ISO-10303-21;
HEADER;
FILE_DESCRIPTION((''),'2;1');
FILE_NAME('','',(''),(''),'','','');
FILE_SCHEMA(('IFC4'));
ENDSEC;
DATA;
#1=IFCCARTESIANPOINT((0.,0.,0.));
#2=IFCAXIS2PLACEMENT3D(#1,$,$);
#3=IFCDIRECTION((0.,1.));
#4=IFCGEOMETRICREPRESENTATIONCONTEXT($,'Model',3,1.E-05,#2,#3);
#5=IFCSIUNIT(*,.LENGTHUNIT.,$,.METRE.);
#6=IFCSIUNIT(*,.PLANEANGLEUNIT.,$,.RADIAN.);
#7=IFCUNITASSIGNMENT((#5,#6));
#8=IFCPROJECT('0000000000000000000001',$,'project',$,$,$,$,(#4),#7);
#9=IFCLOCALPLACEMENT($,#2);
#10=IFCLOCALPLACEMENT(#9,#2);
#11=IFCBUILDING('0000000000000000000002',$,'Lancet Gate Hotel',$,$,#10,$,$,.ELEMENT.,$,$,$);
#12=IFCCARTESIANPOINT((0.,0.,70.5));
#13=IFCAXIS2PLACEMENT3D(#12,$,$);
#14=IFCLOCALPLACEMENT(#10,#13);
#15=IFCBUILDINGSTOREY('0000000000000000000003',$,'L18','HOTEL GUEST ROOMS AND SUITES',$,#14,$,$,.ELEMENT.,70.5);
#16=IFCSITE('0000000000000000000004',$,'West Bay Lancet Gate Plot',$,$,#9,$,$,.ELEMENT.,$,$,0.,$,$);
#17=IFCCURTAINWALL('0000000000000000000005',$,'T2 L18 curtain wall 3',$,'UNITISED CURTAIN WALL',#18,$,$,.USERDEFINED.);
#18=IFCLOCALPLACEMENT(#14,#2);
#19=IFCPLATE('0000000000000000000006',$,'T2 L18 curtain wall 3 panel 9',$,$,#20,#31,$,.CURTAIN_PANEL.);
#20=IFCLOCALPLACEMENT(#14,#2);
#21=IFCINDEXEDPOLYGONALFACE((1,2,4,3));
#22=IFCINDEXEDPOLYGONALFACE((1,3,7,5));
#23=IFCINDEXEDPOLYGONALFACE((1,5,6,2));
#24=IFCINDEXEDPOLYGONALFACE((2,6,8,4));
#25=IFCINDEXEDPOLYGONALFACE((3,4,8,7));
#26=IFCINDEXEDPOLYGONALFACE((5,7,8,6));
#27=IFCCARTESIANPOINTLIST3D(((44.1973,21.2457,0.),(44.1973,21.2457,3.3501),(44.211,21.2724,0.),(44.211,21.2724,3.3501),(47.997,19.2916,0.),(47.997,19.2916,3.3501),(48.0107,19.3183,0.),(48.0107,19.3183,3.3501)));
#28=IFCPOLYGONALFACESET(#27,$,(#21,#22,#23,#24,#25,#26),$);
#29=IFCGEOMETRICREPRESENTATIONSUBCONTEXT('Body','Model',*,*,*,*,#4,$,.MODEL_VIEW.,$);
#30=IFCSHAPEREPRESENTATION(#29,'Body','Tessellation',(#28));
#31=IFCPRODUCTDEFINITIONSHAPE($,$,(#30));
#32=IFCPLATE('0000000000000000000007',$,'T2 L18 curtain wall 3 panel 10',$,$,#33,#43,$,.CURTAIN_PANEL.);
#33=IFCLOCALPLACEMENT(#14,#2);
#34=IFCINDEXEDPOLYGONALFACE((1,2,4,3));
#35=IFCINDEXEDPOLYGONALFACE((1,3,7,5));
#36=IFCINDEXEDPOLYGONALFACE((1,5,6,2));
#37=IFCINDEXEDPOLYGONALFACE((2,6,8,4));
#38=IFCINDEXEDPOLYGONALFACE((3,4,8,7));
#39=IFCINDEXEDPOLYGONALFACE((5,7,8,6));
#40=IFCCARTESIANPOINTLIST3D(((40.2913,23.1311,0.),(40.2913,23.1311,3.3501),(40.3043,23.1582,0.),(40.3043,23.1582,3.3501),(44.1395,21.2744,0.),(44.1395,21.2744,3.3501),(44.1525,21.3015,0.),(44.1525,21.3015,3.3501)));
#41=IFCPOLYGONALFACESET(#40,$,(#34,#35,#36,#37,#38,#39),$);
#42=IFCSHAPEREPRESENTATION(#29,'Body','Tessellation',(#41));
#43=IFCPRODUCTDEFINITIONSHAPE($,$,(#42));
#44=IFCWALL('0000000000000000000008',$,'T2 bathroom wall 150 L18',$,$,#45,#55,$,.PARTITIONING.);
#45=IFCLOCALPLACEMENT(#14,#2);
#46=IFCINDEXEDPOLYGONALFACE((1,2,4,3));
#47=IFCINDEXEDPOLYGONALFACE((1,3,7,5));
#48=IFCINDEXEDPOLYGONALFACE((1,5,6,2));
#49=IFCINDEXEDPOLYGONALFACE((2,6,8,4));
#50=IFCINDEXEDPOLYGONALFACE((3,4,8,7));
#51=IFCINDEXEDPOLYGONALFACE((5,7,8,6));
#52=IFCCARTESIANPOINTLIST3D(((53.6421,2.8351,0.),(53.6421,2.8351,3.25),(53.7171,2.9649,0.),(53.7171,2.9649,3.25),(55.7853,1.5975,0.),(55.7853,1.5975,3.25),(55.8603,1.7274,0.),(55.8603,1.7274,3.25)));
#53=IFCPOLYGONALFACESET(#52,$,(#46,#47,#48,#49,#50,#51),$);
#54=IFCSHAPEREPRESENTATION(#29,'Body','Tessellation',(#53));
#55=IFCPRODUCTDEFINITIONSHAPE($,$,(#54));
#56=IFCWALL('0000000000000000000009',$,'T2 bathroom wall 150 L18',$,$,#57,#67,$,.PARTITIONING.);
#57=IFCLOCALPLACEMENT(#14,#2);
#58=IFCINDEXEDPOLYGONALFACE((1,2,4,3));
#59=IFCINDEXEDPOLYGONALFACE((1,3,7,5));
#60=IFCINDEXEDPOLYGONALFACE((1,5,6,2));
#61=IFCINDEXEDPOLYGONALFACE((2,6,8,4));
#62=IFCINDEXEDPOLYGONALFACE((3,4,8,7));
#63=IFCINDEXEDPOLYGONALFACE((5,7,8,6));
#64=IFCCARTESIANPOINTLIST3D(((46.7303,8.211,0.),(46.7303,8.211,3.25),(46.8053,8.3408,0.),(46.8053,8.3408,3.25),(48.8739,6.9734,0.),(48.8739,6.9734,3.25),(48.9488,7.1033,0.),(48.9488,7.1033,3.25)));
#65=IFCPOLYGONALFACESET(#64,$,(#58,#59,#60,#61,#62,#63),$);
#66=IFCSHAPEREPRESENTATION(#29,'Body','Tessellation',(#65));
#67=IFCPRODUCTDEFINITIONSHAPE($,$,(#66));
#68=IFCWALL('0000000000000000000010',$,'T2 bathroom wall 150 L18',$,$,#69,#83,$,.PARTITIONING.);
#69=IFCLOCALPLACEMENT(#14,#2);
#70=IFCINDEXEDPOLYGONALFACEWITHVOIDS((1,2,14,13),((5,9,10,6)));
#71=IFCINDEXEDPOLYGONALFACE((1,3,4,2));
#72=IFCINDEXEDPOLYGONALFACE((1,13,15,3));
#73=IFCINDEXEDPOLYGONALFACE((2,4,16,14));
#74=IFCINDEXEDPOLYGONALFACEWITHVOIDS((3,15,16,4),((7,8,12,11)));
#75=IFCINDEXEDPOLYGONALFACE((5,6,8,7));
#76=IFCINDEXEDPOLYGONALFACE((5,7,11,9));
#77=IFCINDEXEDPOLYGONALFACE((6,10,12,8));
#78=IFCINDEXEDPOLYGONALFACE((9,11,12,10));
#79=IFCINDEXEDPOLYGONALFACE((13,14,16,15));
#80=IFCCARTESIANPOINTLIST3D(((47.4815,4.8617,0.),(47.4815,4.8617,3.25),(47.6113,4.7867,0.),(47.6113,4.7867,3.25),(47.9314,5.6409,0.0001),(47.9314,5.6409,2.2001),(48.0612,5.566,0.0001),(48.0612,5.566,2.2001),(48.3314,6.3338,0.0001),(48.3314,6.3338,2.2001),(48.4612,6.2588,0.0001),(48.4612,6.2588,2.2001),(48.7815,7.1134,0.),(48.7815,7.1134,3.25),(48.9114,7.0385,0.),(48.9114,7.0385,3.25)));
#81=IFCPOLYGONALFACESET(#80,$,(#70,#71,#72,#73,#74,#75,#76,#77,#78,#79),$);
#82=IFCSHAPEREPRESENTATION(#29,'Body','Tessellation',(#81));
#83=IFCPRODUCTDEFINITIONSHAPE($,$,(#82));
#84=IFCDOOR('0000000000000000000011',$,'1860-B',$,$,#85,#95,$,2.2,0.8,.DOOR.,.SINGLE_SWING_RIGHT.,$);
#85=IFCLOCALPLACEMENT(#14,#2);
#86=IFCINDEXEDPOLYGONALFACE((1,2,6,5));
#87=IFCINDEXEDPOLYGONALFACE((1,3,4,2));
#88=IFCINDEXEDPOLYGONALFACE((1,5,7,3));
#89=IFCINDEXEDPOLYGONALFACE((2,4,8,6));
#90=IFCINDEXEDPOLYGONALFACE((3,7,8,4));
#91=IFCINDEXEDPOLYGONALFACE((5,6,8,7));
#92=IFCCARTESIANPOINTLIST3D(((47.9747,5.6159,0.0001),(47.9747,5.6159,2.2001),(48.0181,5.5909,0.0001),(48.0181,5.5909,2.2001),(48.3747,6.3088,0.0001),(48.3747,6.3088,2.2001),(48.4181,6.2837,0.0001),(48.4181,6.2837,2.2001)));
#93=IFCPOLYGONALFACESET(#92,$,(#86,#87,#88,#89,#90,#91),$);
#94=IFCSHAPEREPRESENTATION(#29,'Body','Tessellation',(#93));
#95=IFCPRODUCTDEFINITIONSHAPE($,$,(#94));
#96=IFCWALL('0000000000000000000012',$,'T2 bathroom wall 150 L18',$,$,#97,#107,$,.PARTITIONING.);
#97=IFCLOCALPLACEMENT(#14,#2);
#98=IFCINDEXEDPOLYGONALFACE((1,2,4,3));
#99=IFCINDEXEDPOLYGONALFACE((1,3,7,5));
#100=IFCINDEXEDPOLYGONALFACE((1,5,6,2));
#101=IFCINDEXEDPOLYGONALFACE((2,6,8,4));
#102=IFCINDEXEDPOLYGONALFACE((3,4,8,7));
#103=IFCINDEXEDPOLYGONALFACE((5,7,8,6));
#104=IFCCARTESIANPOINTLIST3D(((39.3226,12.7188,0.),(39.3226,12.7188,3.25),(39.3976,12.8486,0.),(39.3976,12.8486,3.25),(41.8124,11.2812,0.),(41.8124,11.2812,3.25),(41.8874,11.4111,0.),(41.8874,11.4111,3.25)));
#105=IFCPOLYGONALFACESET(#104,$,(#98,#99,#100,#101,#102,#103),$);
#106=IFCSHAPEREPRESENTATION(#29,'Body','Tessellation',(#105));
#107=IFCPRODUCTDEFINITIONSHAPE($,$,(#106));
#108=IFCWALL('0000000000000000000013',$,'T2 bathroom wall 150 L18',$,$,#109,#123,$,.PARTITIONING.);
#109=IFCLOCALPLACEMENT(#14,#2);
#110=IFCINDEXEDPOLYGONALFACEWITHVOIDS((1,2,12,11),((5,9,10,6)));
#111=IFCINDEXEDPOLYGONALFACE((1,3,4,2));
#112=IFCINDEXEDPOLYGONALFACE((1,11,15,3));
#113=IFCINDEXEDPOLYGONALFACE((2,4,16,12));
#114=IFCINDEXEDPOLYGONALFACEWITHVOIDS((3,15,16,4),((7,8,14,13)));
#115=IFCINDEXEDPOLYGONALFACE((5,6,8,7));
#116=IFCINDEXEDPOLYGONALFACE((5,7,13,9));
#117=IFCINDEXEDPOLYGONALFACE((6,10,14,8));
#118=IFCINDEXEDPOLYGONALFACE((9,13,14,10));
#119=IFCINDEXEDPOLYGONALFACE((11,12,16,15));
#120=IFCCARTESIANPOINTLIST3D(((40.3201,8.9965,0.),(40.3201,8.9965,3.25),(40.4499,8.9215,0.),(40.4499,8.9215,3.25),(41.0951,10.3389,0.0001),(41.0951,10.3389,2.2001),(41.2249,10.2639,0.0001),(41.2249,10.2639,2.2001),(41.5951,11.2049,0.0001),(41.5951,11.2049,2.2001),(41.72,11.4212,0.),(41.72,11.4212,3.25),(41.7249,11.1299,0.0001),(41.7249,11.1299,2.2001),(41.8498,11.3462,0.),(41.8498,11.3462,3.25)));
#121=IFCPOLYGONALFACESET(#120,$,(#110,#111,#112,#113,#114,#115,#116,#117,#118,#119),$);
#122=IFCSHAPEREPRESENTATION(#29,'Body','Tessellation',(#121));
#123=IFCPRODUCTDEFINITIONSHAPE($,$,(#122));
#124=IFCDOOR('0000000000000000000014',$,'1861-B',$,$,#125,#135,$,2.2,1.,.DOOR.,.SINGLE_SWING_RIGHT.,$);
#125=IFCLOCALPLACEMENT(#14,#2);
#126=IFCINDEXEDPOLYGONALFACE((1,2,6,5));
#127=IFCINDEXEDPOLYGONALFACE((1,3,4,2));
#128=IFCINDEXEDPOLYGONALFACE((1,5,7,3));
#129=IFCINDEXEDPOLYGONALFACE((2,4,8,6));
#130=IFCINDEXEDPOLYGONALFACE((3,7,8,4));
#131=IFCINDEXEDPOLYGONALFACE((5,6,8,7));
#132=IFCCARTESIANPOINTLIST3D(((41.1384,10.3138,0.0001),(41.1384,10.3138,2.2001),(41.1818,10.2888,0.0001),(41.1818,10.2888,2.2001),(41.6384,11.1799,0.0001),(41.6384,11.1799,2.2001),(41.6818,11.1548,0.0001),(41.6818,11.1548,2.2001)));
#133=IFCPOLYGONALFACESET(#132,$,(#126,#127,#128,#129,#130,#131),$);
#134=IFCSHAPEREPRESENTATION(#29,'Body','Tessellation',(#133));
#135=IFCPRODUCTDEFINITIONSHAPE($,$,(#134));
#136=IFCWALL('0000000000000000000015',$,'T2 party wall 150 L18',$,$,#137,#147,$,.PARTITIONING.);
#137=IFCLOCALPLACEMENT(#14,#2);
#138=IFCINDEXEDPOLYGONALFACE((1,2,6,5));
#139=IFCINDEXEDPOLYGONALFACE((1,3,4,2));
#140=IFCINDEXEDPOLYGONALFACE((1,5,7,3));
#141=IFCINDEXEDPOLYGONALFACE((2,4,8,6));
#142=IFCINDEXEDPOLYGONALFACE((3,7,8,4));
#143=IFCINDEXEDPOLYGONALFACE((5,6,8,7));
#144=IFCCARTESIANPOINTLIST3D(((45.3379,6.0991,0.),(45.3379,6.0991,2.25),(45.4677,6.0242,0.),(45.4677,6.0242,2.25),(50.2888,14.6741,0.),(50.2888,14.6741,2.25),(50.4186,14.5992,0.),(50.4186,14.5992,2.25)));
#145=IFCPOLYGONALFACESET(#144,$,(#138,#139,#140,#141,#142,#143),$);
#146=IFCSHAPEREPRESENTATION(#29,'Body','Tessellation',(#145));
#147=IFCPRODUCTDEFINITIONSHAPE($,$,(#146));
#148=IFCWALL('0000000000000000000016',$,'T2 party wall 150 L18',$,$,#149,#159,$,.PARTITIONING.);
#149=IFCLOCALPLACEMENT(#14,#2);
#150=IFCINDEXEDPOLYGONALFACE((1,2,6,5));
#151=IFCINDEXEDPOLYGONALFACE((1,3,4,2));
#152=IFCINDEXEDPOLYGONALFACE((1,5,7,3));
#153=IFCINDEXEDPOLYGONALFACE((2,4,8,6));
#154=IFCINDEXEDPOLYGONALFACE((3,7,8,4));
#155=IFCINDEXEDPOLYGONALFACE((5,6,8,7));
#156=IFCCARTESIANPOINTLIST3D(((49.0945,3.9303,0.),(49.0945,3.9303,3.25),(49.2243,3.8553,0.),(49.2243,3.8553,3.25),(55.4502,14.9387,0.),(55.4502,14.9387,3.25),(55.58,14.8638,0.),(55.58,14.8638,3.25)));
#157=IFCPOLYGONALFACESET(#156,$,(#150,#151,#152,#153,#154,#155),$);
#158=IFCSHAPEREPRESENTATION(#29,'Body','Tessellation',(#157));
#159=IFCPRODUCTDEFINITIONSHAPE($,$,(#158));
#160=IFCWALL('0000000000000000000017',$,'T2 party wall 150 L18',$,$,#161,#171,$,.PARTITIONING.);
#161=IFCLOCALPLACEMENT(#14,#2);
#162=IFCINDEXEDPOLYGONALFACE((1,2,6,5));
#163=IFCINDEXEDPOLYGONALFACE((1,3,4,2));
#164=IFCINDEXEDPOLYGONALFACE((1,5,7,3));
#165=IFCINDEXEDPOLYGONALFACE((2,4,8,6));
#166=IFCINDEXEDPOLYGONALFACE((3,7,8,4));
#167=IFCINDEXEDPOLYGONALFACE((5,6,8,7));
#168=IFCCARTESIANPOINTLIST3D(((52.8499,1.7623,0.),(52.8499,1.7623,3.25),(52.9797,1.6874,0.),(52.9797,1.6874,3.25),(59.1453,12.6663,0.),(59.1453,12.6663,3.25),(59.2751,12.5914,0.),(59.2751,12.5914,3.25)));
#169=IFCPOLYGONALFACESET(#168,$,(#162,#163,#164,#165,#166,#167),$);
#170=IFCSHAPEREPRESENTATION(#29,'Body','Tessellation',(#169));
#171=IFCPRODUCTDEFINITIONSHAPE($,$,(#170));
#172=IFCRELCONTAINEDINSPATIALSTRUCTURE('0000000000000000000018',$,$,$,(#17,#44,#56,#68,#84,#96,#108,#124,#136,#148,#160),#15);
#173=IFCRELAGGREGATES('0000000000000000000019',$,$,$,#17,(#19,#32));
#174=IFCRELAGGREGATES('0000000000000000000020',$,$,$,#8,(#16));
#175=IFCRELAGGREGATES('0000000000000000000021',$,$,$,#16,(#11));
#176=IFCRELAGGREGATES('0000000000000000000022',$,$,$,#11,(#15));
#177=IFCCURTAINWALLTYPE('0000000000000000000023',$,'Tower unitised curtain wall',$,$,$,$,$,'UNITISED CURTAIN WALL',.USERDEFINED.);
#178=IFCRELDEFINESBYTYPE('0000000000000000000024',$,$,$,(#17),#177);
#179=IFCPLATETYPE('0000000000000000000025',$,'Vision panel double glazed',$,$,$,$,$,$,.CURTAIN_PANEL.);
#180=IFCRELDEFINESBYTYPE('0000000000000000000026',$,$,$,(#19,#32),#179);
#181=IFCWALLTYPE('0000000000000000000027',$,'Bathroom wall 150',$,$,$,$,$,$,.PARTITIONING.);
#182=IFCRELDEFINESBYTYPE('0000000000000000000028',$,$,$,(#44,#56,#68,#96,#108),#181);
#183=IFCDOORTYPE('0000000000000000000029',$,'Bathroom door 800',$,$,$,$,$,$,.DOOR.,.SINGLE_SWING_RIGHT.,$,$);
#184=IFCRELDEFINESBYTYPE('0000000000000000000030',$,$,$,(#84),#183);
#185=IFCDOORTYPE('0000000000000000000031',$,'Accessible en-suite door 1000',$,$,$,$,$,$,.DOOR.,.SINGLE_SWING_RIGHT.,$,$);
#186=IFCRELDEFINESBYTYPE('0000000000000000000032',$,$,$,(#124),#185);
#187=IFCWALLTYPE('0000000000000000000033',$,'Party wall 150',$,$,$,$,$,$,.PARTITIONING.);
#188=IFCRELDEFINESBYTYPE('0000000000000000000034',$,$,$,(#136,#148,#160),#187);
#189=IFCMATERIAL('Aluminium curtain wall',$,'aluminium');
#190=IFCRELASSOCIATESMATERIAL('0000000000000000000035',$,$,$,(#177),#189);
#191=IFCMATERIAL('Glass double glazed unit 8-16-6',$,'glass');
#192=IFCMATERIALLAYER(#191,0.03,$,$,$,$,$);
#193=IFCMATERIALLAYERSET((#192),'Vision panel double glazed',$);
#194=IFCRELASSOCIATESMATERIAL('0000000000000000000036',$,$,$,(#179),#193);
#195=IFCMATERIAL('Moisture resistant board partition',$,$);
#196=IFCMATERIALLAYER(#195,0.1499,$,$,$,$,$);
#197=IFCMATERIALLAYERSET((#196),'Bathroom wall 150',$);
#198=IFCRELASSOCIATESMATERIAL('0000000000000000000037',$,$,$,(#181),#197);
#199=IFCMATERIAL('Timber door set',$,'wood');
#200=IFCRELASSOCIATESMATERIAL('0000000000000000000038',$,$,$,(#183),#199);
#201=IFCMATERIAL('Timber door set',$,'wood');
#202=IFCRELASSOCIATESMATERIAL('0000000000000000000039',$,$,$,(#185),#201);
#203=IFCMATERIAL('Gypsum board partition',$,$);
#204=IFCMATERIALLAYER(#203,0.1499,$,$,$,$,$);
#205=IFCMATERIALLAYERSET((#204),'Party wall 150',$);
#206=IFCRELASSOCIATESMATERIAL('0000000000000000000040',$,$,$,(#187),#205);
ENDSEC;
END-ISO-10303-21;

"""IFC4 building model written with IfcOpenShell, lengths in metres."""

from ifc_helpers import new_model, si_unit, direction, frame, frame_2d, origin, origin_2d, place, context, subcontext, project, spatial, rectangle, extrude, material, layer, layer_set, type_object, element, fill, aggregate, save


model = new_model("IFC4")

# Units and contexts
model_context = context("Model", 3, precision=1e-05, world=origin(), true_north=direction((0.0, 1.0)))
body_context = subcontext(model_context, "Body", "Model", "MODEL_VIEW")
ifc_project = project(units=[si_unit("LENGTHUNIT", "METRE"), si_unit("PLANEANGLEUNIT", "RADIAN")], contexts=[model_context])

# Site, building, storey
site_placement = place(None, origin())
site = spatial("IfcSite", under=ifc_project, at=site_placement, Name="West Bay Lancet Gate Plot", CompositionType="ELEMENT", RefElevation=0.0)
building_placement = place(site_placement, origin())
building = spatial("IfcBuilding", under=site, at=building_placement, Name="Lancet Gate Hotel", CompositionType="ELEMENT")
storey_placement = place(building_placement, frame((0.0, 0.0, 70.5)))
storey = spatial("IfcBuildingStorey", under=building, at=storey_placement, Name="L18", Description="HOTEL GUEST ROOMS AND SUITES", CompositionType="ELEMENT", Elevation=70.5)

# Curtain wall
ifc_material_1 = material(Name="Aluminium curtain wall", Category="aluminium")
curtain_wall_type = type_object("IfcCurtainWallType", Name="Tower unitised curtain wall", ElementType="UNITISED CURTAIN WALL", PredefinedType="USERDEFINED", material=ifc_material_1)
curtain_wall_placement = place(storey_placement, origin())
curtain_wall = element("IfcCurtainWall", 1, at=curtain_wall_placement, inside=storey, type_object=curtain_wall_type, Name="T2 L18 curtain wall 3", ObjectType="UNITISED CURTAIN WALL", PredefinedType="USERDEFINED")

# Plates
ifc_material_2 = material(Name="Glass double glazed unit 8-16-6", Category="glass")
ifc_layer_1 = layer(ifc_material_2, 0.03)
ifc_layer_set_1 = layer_set([ifc_layer_1], Name="Vision panel double glazed")
plate_type = type_object("IfcPlateType", Name="Vision panel double glazed", PredefinedType="CURTAIN_PANEL", material=ifc_layer_set_1)
plate_1_placement = place(storey_placement, frame((46.104, 20.282, 0.0), z_axis=(0.0, 0.0, 1.0), x_axis=(-0.889296, 0.457332, 0.0)))
plate_1 = element("IfcPlate", 2, at=plate_1_placement, type_object=plate_type, Name="T2 L18 curtain wall 3 panel 9", PredefinedType="CURTAIN_PANEL", context=body_context, shape_type="SweptSolid", body=[
    extrude(rectangle(XDim=4.2727, YDim=0.03, at=origin_2d()), origin(), (0.0, 0.0, 1.0), 3.3501),
])
plate_2_placement = place(storey_placement, frame((42.2219, 22.2163, 0.0), z_axis=(0.0, 0.0, 1.0), x_axis=(-0.900647, 0.43455, 0.0)))
plate_2 = element("IfcPlate", 3, at=plate_2_placement, type_object=plate_type, Name="T2 L18 curtain wall 3 panel 10", PredefinedType="CURTAIN_PANEL", context=body_context, shape_type="SweptSolid", body=[
    extrude(rectangle(XDim=4.2727, YDim=0.03, at=origin_2d()), origin(), (0.0, 0.0, 1.0), 3.3501),
])
aggregate(curtain_wall, [plate_1, plate_2])

# Walls
ifc_material_3 = material(Name="Moisture resistant board partition")
ifc_layer_2 = layer(ifc_material_3, 0.1499)
ifc_layer_set_2 = layer_set([ifc_layer_2], Name="Bathroom wall 150")
wall_type_1 = type_object("IfcWallType", Name="Bathroom wall 150", PredefinedType="PARTITIONING", material=ifc_layer_set_2)
wall_1_placement = place(storey_placement, frame((53.6797, 2.8999, 0.0), z_axis=(0.0, 0.0, 1.0), x_axis=(0.866007, -0.500033, 0.0)))
element("IfcWall", 4, at=wall_1_placement, inside=storey, type_object=wall_type_1, Name="T2 bathroom wall 150 L18", PredefinedType="PARTITIONING", context=body_context, shape_type="SweptSolid", body=[
    extrude(rectangle(XDim=2.4749, YDim=0.1499, at=frame_2d((1.2373, 0.0))), origin(), (0.0, 0.0, 1.0), 3.25),
])
wall_2_placement = place(storey_placement, frame((46.7678, 8.2759, 0.0), z_axis=(0.0, 0.0, 1.0), x_axis=(0.866031, -0.49999, 0.0)))
element("IfcWall", 5, at=wall_2_placement, inside=storey, type_object=wall_type_1, Name="T2 bathroom wall 150 L18", PredefinedType="PARTITIONING", context=body_context, shape_type="SweptSolid", body=[
    extrude(rectangle(XDim=2.4751, YDim=0.1499, at=frame_2d((1.2375, 0.0))), origin(), (0.0, 0.0, 1.0), 3.25),
])

# Wall, opening, door
wall_3_placement = place(storey_placement, frame((47.5464, 4.8242, 0.0), z_axis=(0.0, 0.0, 1.0), x_axis=(0.500007, 0.866021, 0.0)))
wall_3 = element("IfcWall", 6, at=wall_3_placement, inside=storey, type_object=wall_type_1, Name="T2 bathroom wall 150 L18", PredefinedType="PARTITIONING", context=body_context, shape_type="SweptSolid", body=[
    extrude(rectangle(XDim=2.6001, YDim=0.1499, at=frame_2d((1.3, 0.0))), origin(), (0.0, 0.0, 1.0), 3.25),
])
opening_1_placement = place(wall_3_placement, frame((0.8999, 0.0, 0.0)))
opening_1 = element("IfcOpeningElement", 7, at=opening_1_placement, cuts=wall_3, PredefinedType="OPENING", context=body_context, shape_type="SweptSolid", body=[
    extrude(rectangle(XDim=0.8, YDim=2.2, at=frame_2d((0.3999, 1.1001))), frame((0.0, 0.085, 0.0), z_axis=(0.0, -1.0, 0.0), x_axis=(1.0, 0.0, 0.0)), (0.0, 0.0, 1.0), 0.1699),
])
ifc_material_4 = material(Name="Timber door set", Category="wood")
door_type_1 = type_object("IfcDoorType", Name="Bathroom door 800", OperationType="SINGLE_SWING_RIGHT", PredefinedType="DOOR", material=ifc_material_4)
door_1_placement = place(opening_1_placement, origin())
door_1 = element("IfcDoor", 8, at=door_1_placement, inside=storey, type_object=door_type_1, Name="1860-B", OperationType="SINGLE_SWING_RIGHT", OverallHeight=2.2, OverallWidth=0.8, PredefinedType="DOOR", context=body_context, shape_type="SweptSolid", body=[
    extrude(rectangle(XDim=0.8, YDim=2.2, at=frame_2d((0.3999, 1.1001))), frame((0.0, 0.0249, 0.0), z_axis=(0.0, -1.0, 0.0), x_axis=(1.0, 0.0, 0.0)), (0.0, 0.0, 1.0), 0.05),
])
fill(opening_1, door_1)

# Wall
wall_4_placement = place(storey_placement, frame((39.3601, 12.7837, 0.0), z_axis=(0.0, 0.0, 1.0), x_axis=(0.866019, -0.500012, 0.0)))
element("IfcWall", 9, at=wall_4_placement, inside=storey, type_object=wall_type_1, Name="T2 bathroom wall 150 L18", PredefinedType="PARTITIONING", context=body_context, shape_type="SweptSolid", body=[
    extrude(rectangle(XDim=2.875, YDim=0.1499, at=frame_2d((1.4375, 0.0))), origin(), (0.0, 0.0, 1.0), 3.25),
])

# Wall, opening, door
wall_5_placement = place(storey_placement, frame((40.385, 8.959, 0.0), z_axis=(0.0, 0.0, 1.0), x_axis=(0.499984, 0.866035, 0.0)))
wall_5 = element("IfcWall", 10, at=wall_5_placement, inside=storey, type_object=wall_type_1, Name="T2 bathroom wall 150 L18", PredefinedType="PARTITIONING", context=body_context, shape_type="SweptSolid", body=[
    extrude(rectangle(XDim=2.7998, YDim=0.1499, at=frame_2d((1.3999, 0.0))), origin(), (0.0, 0.0, 1.0), 3.25),
])
opening_2_placement = place(wall_5_placement, frame((1.55, 0.0, 0.0)))
opening_2 = element("IfcOpeningElement", 11, at=opening_2_placement, cuts=wall_5, PredefinedType="OPENING", context=body_context, shape_type="SweptSolid", body=[
    extrude(rectangle(XDim=1.0, YDim=2.2, at=frame_2d((0.5, 1.1001))), frame((0.0, 0.085, 0.0), z_axis=(0.0, -1.0, 0.0), x_axis=(1.0, 0.0, 0.0)), (0.0, 0.0, 1.0), 0.1699),
])
ifc_material_5 = material(Name="Timber door set", Category="wood")
door_type_2 = type_object("IfcDoorType", Name="Accessible en-suite door 1000", OperationType="SINGLE_SWING_RIGHT", PredefinedType="DOOR", material=ifc_material_5)
door_2_placement = place(opening_2_placement, origin())
door_2 = element("IfcDoor", 12, at=door_2_placement, inside=storey, type_object=door_type_2, Name="1861-B", OperationType="SINGLE_SWING_RIGHT", OverallHeight=2.2, OverallWidth=1.0, PredefinedType="DOOR", context=body_context, shape_type="SweptSolid", body=[
    extrude(rectangle(XDim=1.0, YDim=2.2, at=frame_2d((0.5, 1.1001))), frame((0.0, 0.0249, 0.0), z_axis=(0.0, -1.0, 0.0), x_axis=(1.0, 0.0, 0.0)), (0.0, 0.0, 1.0), 0.05),
])
fill(opening_2, door_2)

# Walls
ifc_material_6 = material(Name="Gypsum board partition")
ifc_layer_3 = layer(ifc_material_6, 0.1499)
ifc_layer_set_3 = layer_set([ifc_layer_3], Name="Party wall 150")
wall_type_2 = type_object("IfcWallType", Name="Party wall 150", PredefinedType="PARTITIONING", material=ifc_layer_set_3)
wall_6_placement = place(storey_placement, frame((45.4028, 6.0618, 0.0), z_axis=(0.0, 0.0, 1.0), x_axis=(0.500013, 0.866018, 0.0)))
element("IfcWall", 13, at=wall_6_placement, inside=storey, type_object=wall_type_2, Name="T2 party wall 150 L18", PredefinedType="PARTITIONING", context=body_context, shape_type="SweptSolid", body=[
    extrude(rectangle(XDim=9.9016, YDim=0.1499, at=frame_2d((4.9507, 0.0))), origin(), (0.0, 0.0, 1.0), 2.25),
])
wall_7_placement = place(storey_placement, frame((49.1594, 3.8928, 0.0), z_axis=(0.0, 0.0, 1.0), x_axis=(0.499996, 0.866028, 0.0)))
element("IfcWall", 14, at=wall_7_placement, inside=storey, type_object=wall_type_2, Name="T2 party wall 150 L18", PredefinedType="PARTITIONING", context=body_context, shape_type="SweptSolid", body=[
    extrude(rectangle(XDim=12.7114, YDim=0.1499, at=frame_2d((6.3557, 0.0))), origin(), (0.0, 0.0, 1.0), 3.25),
])
wall_8_placement = place(storey_placement, frame((52.9148, 1.7249, 0.0), z_axis=(0.0, 0.0, 1.0), x_axis=(0.499997, 0.866027, 0.0)))
element("IfcWall", 15, at=wall_8_placement, inside=storey, type_object=wall_type_2, Name="T2 party wall 150 L18", PredefinedType="PARTITIONING", context=body_context, shape_type="SweptSolid", body=[
    extrude(rectangle(XDim=12.5908, YDim=0.1499, at=frame_2d((6.2954, 0.0))), origin(), (0.0, 0.0, 1.0), 3.25),
])

save(model, "model.ifc")
